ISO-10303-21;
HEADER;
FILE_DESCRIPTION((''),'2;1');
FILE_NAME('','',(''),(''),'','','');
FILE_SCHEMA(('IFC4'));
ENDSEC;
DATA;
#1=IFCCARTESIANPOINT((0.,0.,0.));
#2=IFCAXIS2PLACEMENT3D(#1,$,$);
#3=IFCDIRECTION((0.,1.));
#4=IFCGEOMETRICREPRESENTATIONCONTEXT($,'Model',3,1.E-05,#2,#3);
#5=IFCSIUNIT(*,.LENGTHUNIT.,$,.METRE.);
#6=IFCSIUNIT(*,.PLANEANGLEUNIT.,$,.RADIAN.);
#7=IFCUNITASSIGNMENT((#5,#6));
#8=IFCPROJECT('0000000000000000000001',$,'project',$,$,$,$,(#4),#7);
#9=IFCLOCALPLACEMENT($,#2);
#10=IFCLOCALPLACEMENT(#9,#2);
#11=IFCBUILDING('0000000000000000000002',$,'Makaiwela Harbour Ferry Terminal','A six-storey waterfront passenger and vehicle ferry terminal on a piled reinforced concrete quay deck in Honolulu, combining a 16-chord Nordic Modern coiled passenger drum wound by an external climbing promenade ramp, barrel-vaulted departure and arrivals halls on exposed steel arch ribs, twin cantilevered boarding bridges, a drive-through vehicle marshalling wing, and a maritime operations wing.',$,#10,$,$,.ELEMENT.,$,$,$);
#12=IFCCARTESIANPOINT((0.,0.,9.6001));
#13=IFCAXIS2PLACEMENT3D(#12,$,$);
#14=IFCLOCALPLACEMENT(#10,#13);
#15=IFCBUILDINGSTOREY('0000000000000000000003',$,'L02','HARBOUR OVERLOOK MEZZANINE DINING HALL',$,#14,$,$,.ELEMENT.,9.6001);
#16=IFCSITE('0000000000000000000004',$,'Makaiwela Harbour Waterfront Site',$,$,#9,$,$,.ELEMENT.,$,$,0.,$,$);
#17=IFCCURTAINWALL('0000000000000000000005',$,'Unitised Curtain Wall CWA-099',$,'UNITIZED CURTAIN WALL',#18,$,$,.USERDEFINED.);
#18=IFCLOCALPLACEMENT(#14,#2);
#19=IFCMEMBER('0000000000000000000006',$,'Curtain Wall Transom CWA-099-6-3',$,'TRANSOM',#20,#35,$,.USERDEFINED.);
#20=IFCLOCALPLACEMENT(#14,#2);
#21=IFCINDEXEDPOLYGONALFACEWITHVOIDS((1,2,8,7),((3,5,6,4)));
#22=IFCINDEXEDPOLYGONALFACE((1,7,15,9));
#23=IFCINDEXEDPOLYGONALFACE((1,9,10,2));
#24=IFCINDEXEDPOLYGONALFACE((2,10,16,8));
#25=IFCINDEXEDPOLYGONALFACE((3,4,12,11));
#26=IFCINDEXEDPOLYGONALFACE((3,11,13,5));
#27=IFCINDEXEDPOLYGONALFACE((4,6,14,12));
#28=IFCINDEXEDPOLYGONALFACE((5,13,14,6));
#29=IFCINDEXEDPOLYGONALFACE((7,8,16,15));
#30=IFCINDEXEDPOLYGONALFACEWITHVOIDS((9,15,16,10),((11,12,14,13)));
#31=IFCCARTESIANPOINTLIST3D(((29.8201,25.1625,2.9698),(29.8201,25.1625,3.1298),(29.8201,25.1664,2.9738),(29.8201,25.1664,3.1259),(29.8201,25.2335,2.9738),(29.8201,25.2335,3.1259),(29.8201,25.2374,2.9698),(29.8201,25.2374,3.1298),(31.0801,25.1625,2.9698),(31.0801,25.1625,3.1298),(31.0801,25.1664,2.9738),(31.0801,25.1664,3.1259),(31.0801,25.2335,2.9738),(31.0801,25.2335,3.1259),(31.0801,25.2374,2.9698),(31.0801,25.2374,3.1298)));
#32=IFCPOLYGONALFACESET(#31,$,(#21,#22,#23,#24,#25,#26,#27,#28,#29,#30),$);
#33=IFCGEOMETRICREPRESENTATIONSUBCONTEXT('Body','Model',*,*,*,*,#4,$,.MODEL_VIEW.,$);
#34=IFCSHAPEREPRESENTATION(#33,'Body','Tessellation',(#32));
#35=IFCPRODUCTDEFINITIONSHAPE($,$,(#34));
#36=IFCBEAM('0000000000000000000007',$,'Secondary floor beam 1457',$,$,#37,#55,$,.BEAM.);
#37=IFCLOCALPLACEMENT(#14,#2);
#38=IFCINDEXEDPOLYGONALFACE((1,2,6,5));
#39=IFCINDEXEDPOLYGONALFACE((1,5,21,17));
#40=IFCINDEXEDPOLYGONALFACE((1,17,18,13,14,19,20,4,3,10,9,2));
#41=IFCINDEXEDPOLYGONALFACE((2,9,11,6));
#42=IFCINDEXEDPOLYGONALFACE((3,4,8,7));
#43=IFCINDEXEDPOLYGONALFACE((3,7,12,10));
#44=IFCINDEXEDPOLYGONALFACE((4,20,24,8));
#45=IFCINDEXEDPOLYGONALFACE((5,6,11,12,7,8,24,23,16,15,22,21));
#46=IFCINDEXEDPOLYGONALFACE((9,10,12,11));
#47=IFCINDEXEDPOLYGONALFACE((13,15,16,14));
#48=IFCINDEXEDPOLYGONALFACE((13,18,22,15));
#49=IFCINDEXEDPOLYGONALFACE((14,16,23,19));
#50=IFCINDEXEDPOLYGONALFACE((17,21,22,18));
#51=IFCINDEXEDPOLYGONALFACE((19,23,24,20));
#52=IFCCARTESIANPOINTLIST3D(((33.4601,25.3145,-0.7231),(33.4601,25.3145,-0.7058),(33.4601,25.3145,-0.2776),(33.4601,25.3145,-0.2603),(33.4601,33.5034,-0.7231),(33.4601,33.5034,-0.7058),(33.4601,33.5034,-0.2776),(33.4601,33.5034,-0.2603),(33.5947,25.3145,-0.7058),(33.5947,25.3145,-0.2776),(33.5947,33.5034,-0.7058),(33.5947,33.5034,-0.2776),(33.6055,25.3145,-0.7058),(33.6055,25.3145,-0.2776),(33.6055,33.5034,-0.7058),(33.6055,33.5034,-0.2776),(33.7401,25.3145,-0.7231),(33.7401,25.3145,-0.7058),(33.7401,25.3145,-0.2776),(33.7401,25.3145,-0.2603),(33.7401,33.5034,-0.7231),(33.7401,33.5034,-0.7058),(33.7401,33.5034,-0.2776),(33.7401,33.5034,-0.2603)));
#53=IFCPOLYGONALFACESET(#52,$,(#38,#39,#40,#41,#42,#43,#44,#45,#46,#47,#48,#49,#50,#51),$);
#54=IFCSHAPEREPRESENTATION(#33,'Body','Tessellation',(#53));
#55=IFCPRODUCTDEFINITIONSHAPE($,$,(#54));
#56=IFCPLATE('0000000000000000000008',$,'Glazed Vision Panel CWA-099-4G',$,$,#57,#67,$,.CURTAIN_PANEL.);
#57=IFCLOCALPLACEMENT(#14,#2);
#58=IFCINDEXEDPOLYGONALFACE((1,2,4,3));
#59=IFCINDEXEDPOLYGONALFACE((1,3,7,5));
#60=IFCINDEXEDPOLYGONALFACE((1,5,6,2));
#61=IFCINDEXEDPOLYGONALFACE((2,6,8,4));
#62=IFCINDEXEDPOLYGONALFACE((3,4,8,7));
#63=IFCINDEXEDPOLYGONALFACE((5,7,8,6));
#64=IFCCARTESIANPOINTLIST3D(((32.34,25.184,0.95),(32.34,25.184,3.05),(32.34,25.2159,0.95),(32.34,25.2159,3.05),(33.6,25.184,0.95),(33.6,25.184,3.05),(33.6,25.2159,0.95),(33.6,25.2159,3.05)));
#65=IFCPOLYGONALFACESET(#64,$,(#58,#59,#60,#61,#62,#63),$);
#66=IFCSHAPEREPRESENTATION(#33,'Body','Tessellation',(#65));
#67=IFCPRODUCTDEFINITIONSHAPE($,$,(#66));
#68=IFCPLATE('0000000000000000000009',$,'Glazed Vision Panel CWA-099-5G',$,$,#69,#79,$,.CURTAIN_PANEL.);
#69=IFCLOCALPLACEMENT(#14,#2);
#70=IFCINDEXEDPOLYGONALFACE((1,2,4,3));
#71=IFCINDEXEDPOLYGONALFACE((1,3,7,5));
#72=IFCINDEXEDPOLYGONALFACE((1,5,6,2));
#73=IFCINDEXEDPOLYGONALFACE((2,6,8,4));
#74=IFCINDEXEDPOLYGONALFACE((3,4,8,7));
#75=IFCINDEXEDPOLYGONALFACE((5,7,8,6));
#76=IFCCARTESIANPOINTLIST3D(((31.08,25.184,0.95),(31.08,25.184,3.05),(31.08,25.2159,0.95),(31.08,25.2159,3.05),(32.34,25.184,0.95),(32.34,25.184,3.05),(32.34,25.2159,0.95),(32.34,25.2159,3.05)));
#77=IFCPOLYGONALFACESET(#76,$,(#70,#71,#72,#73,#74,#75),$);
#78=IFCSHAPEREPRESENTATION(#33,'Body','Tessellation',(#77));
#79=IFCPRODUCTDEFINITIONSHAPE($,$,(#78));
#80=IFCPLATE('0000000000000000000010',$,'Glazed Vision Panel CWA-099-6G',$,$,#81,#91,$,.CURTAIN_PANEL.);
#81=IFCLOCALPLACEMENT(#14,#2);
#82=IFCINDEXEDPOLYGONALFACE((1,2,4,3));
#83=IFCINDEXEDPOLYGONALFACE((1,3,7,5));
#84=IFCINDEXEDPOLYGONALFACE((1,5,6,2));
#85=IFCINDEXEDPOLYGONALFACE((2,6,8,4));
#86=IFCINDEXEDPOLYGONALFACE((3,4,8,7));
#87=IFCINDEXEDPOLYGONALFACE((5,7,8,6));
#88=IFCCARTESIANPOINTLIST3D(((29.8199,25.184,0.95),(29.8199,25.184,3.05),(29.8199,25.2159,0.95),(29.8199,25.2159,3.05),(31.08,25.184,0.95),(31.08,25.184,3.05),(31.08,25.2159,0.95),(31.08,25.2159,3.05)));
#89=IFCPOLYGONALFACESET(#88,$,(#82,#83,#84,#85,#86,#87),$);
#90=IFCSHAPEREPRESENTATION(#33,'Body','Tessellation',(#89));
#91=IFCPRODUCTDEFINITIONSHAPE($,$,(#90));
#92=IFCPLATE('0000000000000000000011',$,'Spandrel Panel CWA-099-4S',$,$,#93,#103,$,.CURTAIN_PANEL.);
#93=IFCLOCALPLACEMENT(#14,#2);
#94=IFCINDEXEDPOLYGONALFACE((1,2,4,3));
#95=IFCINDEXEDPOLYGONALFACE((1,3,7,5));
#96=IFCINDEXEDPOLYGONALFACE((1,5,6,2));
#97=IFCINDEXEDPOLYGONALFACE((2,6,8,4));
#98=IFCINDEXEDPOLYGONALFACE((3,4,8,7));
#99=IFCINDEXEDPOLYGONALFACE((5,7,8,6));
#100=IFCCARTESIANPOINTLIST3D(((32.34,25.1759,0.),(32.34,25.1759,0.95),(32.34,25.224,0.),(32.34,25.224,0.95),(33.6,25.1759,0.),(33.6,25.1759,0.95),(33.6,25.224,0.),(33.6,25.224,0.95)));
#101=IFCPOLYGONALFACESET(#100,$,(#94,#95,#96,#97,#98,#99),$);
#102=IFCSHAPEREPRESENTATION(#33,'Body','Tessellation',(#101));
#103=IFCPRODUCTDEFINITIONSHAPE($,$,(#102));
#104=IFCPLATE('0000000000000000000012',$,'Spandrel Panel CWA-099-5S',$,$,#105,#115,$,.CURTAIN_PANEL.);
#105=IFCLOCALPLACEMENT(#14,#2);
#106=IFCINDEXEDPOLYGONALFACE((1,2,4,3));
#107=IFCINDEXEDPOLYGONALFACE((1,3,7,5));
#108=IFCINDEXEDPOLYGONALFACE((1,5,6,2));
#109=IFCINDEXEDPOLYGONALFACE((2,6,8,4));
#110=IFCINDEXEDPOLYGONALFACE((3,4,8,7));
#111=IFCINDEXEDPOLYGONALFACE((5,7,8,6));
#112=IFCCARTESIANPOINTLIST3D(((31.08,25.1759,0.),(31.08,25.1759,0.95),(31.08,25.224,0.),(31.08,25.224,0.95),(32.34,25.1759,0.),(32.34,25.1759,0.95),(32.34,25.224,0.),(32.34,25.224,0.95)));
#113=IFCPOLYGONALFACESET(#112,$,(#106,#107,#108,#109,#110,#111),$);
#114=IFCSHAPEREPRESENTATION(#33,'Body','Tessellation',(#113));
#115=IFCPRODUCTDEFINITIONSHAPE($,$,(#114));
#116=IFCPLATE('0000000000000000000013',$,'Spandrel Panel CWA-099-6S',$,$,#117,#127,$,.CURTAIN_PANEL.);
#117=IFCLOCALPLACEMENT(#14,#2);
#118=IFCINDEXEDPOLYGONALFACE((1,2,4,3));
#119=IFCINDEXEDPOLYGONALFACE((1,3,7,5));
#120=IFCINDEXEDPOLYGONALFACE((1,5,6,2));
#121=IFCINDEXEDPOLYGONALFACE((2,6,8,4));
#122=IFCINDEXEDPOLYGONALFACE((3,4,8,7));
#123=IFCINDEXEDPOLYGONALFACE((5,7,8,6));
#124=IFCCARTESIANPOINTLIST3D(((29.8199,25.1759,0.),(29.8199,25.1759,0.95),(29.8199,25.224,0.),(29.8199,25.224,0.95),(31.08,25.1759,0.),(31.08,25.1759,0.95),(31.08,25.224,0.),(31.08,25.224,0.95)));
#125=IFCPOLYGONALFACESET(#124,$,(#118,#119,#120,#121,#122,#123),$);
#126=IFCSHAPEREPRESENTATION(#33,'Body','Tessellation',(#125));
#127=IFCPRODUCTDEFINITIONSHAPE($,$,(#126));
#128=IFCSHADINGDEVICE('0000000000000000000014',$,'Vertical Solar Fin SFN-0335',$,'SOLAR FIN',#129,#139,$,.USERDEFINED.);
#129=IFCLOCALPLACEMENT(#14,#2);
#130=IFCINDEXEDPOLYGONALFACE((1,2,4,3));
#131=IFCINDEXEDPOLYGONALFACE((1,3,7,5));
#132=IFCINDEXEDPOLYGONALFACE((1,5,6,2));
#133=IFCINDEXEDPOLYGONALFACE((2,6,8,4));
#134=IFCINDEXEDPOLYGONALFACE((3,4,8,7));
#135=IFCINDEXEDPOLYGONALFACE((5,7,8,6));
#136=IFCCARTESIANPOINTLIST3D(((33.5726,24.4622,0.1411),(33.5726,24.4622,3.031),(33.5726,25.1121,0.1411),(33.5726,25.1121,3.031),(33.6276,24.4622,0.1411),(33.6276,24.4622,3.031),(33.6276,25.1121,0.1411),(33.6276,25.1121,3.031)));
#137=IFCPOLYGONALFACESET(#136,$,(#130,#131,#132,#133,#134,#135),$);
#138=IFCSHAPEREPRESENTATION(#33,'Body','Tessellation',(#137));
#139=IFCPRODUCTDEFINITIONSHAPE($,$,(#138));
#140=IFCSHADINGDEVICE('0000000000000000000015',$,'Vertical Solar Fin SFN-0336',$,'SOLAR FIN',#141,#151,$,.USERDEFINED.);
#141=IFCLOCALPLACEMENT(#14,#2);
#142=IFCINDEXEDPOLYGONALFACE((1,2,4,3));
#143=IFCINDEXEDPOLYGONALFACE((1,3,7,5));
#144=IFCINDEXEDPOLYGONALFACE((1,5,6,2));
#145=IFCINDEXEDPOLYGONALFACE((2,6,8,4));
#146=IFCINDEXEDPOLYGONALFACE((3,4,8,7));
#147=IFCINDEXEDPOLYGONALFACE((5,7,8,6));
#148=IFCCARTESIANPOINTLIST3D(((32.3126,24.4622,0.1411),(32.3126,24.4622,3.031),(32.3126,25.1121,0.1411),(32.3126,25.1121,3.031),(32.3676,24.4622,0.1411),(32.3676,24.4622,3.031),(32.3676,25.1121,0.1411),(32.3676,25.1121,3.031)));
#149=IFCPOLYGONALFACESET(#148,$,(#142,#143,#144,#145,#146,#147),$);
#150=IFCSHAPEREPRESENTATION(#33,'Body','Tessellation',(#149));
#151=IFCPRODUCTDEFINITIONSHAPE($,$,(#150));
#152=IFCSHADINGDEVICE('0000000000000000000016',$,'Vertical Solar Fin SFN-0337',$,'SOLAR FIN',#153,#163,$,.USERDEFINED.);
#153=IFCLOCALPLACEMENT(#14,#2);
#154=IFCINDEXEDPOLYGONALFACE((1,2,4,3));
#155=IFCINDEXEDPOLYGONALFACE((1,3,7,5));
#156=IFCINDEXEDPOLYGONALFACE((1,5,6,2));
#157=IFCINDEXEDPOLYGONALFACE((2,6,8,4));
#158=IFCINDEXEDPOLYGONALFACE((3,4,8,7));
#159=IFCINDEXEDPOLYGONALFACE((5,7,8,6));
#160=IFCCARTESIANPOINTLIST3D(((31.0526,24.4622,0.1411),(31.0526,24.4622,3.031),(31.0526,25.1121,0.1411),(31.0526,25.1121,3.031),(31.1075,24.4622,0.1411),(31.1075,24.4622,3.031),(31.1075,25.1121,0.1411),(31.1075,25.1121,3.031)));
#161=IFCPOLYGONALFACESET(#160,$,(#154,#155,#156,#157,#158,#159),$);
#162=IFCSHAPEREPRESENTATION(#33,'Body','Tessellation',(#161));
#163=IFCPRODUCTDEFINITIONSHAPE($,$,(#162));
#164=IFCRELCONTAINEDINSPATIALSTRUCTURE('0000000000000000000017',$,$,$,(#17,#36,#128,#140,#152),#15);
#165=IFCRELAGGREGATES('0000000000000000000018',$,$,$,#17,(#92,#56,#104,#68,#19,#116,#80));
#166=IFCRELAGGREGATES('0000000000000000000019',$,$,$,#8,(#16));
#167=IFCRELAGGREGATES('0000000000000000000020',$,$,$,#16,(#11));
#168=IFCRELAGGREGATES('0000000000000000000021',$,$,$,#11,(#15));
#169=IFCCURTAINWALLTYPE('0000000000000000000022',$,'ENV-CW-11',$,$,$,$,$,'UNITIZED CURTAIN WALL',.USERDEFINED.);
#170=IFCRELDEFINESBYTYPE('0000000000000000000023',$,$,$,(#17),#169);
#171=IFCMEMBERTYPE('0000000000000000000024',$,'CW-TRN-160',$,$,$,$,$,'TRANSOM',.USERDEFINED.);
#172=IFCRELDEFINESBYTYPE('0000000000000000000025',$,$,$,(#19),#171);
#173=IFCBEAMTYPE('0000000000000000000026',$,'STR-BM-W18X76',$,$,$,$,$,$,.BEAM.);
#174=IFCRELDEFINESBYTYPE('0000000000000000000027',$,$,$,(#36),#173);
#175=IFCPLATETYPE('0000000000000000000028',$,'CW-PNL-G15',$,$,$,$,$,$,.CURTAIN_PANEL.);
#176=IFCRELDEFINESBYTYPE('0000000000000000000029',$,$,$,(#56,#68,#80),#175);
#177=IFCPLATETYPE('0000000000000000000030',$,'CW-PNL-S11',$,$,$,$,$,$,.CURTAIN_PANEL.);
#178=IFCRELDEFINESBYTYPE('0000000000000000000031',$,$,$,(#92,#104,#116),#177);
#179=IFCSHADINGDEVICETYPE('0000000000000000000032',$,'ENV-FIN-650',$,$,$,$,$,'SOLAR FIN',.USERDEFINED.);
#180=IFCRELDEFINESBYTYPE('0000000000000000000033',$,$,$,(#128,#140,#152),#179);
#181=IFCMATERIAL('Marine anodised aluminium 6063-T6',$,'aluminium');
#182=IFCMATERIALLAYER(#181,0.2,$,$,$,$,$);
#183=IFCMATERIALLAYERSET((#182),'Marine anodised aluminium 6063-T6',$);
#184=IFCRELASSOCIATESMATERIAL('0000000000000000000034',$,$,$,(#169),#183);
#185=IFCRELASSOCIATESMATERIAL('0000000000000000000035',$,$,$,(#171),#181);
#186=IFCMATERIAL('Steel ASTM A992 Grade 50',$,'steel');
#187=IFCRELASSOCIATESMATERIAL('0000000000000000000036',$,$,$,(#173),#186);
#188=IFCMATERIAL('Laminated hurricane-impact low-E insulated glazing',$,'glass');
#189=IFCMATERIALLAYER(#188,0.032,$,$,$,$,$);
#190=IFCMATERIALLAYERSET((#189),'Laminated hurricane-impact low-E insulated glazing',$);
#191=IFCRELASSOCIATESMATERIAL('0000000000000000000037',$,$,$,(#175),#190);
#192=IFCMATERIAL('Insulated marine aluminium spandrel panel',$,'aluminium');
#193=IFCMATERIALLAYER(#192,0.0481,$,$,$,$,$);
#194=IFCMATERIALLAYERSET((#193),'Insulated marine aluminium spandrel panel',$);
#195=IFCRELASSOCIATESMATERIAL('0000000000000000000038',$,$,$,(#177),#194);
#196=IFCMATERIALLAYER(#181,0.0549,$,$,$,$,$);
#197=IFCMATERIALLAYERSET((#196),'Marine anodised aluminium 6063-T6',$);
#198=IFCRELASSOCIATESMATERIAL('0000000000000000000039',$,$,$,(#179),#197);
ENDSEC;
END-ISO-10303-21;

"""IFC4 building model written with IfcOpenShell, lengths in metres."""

from ifc_helpers import new_model, si_unit, direction, frame, origin, origin_2d, place, context, subcontext, project, spatial, rectangle, hollow_rectangle, i_section, extrude, material, layer, layer_set, material_profile, profile_set, type_object, element, aggregate, save


model = new_model("IFC4")

# Units and contexts
model_context = context("Model", 3, precision=1e-05, world=origin(), true_north=direction((0.0, 1.0)))
body_context = subcontext(model_context, "Body", "Model", "MODEL_VIEW")
ifc_project = project(units=[si_unit("LENGTHUNIT", "METRE"), si_unit("PLANEANGLEUNIT", "RADIAN")], contexts=[model_context])

# Site, building, storey
site_placement = place(None, origin())
site = spatial("IfcSite", under=ifc_project, at=site_placement, Name="Makaiwela Harbour Waterfront Site", CompositionType="ELEMENT", RefElevation=0.0)
building_placement = place(site_placement, origin())
building = spatial("IfcBuilding", under=site, at=building_placement, Name="Makaiwela Harbour Ferry Terminal", Description="A six-storey waterfront passenger and vehicle ferry terminal on a piled reinforced concrete quay deck in Honolulu, combining a 16-chord Nordic Modern coiled passenger drum wound by an external climbing promenade ramp, barrel-vaulted departure and arrivals halls on exposed steel arch ribs, twin cantilevered boarding bridges, a drive-through vehicle marshalling wing, and a maritime operations wing.", CompositionType="ELEMENT")
storey_placement = place(building_placement, frame((0.0, 0.0, 9.6001)))
storey = spatial("IfcBuildingStorey", under=building, at=storey_placement, Name="L02", Description="HARBOUR OVERLOOK MEZZANINE DINING HALL", CompositionType="ELEMENT", Elevation=9.6001)

# Curtain wall, member
ifc_material_1 = material(Name="Marine anodised aluminium 6063-T6", Category="aluminium")
ifc_layer_1 = layer(ifc_material_1, 0.2)
ifc_layer_set_1 = layer_set([ifc_layer_1], Name="Marine anodised aluminium 6063-T6")
curtain_wall_type = type_object("IfcCurtainWallType", Name="ENV-CW-11", ElementType="UNITIZED CURTAIN WALL", PredefinedType="USERDEFINED", material=ifc_layer_set_1)
curtain_wall_placement = place(storey_placement, origin())
curtain_wall = element("IfcCurtainWall", 1, at=curtain_wall_placement, inside=storey, type_object=curtain_wall_type, Name="Unitised Curtain Wall CWA-099", ObjectType="UNITIZED CURTAIN WALL", PredefinedType="USERDEFINED")
ifc_material_profile_1 = material_profile(ifc_material_1, hollow_rectangle(XDim=0.075, YDim=0.1599, WallThickness=0.0039, at=origin_2d()), Name="CWT-160X75")
ifc_profile_set_1 = profile_set([ifc_material_profile_1], Name="Marine anodised aluminium 6063-T6")
member_type_1 = type_object("IfcMemberType", Name="CW-TRN-160", ElementType="TRANSOM", PredefinedType="USERDEFINED", material=ifc_profile_set_1)
member_1_placement = place(storey_placement, frame((31.0801, 25.2, 3.0498), z_axis=(-1.0, 0.0, 0.0), x_axis=(0.0, -1.0, 0.0)))
member_1 = element("IfcMember", 2, at=member_1_placement, type_object=member_type_1, Name="Curtain Wall Transom CWA-099-6-3", ObjectType="TRANSOM", PredefinedType="USERDEFINED", context=body_context, shape_type="SweptSolid", body=[
    extrude(hollow_rectangle(XDim=0.075, YDim=0.1599, WallThickness=0.0039, at=origin_2d()), origin(), (0.0, 0.0, 1.0), 1.26),
])

# Beam
ifc_material_2 = material(Name="Steel ASTM A992 Grade 50", Category="steel")
ifc_material_profile_2 = material_profile(ifc_material_2, i_section(OverallWidth=0.28, OverallDepth=0.4629, WebThickness=0.0107, FlangeThickness=0.0173, at=origin_2d()), Name="W18X76")
ifc_profile_set_2 = profile_set([ifc_material_profile_2], Name="Steel ASTM A992 Grade 50")
beam_type = type_object("IfcBeamType", Name="STR-BM-W18X76", PredefinedType="BEAM", material=ifc_profile_set_2)
beam_placement = place(storey_placement, frame((33.6001, 25.3145, -0.4917), z_axis=(0.0, 1.0, 0.0), x_axis=(-1.0, 0.0, 0.0)))
element("IfcBeam", 3, at=beam_placement, inside=storey, type_object=beam_type, Name="Secondary floor beam 1457", PredefinedType="BEAM", context=body_context, shape_type="SweptSolid", body=[
    extrude(i_section(OverallWidth=0.28, OverallDepth=0.4629, WebThickness=0.0107, FlangeThickness=0.0173, at=origin_2d()), origin(), (0.0, 0.0, 1.0), 8.189),
])

# Plates
ifc_material_3 = material(Name="Laminated hurricane-impact low-E insulated glazing", Category="glass")
ifc_layer_2 = layer(ifc_material_3, 0.032)
ifc_layer_set_2 = layer_set([ifc_layer_2], Name="Laminated hurricane-impact low-E insulated glazing")
plate_type_1 = type_object("IfcPlateType", Name="CW-PNL-G15", PredefinedType="CURTAIN_PANEL", material=ifc_layer_set_2)
plate_1_placement = place(storey_placement, frame((32.97, 25.2, 0.95), z_axis=(0.0, 0.0, 1.0), x_axis=(-1.0, 0.0, 0.0)))
plate_1 = element("IfcPlate", 4, at=plate_1_placement, type_object=plate_type_1, Name="Glazed Vision Panel CWA-099-4G", PredefinedType="CURTAIN_PANEL", context=body_context, shape_type="SweptSolid", body=[
    extrude(rectangle(XDim=1.26, YDim=0.032, at=origin_2d()), origin(), (0.0, 0.0, 1.0), 2.1001),
])
plate_2_placement = place(storey_placement, frame((31.71, 25.2, 0.95), z_axis=(0.0, 0.0, 1.0), x_axis=(-1.0, 0.0, 0.0)))
plate_2 = element("IfcPlate", 5, at=plate_2_placement, type_object=plate_type_1, Name="Glazed Vision Panel CWA-099-5G", PredefinedType="CURTAIN_PANEL", context=body_context, shape_type="SweptSolid", body=[
    extrude(rectangle(XDim=1.26, YDim=0.032, at=origin_2d()), origin(), (0.0, 0.0, 1.0), 2.1001),
])
plate_3_placement = place(storey_placement, frame((30.45, 25.2, 0.95), z_axis=(0.0, 0.0, 1.0), x_axis=(-1.0, 0.0, 0.0)))
plate_3 = element("IfcPlate", 6, at=plate_3_placement, type_object=plate_type_1, Name="Glazed Vision Panel CWA-099-6G", PredefinedType="CURTAIN_PANEL", context=body_context, shape_type="SweptSolid", body=[
    extrude(rectangle(XDim=1.26, YDim=0.032, at=origin_2d()), origin(), (0.0, 0.0, 1.0), 2.1001),
])
ifc_material_4 = material(Name="Insulated marine aluminium spandrel panel", Category="aluminium")
ifc_layer_3 = layer(ifc_material_4, 0.0481)
ifc_layer_set_3 = layer_set([ifc_layer_3], Name="Insulated marine aluminium spandrel panel")
plate_type_2 = type_object("IfcPlateType", Name="CW-PNL-S11", PredefinedType="CURTAIN_PANEL", material=ifc_layer_set_3)
plate_4_placement = place(storey_placement, frame((32.97, 25.2, 0.0), z_axis=(0.0, 0.0, 1.0), x_axis=(-1.0, 0.0, 0.0)))
plate_4 = element("IfcPlate", 7, at=plate_4_placement, type_object=plate_type_2, Name="Spandrel Panel CWA-099-4S", PredefinedType="CURTAIN_PANEL", context=body_context, shape_type="SweptSolid", body=[
    extrude(rectangle(XDim=1.26, YDim=0.0481, at=origin_2d()), origin(), (0.0, 0.0, 1.0), 0.95),
])
plate_5_placement = place(storey_placement, frame((31.71, 25.2, 0.0), z_axis=(0.0, 0.0, 1.0), x_axis=(-1.0, 0.0, 0.0)))
plate_5 = element("IfcPlate", 8, at=plate_5_placement, type_object=plate_type_2, Name="Spandrel Panel CWA-099-5S", PredefinedType="CURTAIN_PANEL", context=body_context, shape_type="SweptSolid", body=[
    extrude(rectangle(XDim=1.26, YDim=0.0481, at=origin_2d()), origin(), (0.0, 0.0, 1.0), 0.95),
])
plate_6_placement = place(storey_placement, frame((30.45, 25.2, 0.0), z_axis=(0.0, 0.0, 1.0), x_axis=(-1.0, 0.0, 0.0)))
plate_6 = element("IfcPlate", 9, at=plate_6_placement, type_object=plate_type_2, Name="Spandrel Panel CWA-099-6S", PredefinedType="CURTAIN_PANEL", context=body_context, shape_type="SweptSolid", body=[
    extrude(rectangle(XDim=1.26, YDim=0.0481, at=origin_2d()), origin(), (0.0, 0.0, 1.0), 0.95),
])
aggregate(curtain_wall, [plate_4, plate_1, plate_5, plate_2, member_1, plate_6, plate_3])

# Shading devices
ifc_layer_4 = layer(ifc_material_1, 0.0549)
ifc_layer_set_4 = layer_set([ifc_layer_4], Name="Marine anodised aluminium 6063-T6")
shading_device_type = type_object("IfcShadingDeviceType", Name="ENV-FIN-650", ElementType="SOLAR FIN", PredefinedType="USERDEFINED", material=ifc_layer_set_4)
for number, where, z_axis, x_axis, name in (
    (10, (33.6001, 24.7871, 0.1411), (0.0, 0.0, 1.0), (0.0, -1.0, 0.0), "Vertical Solar Fin SFN-0335"),
    (11, (32.3401, 24.7871, 0.1411), (0.0, 0.0, 1.0), (0.0, -1.0, 0.0), "Vertical Solar Fin SFN-0336"),
    (12, (31.0801, 24.7871, 0.1411), (0.0, 0.0, 1.0), (0.0, -1.0, 0.0), "Vertical Solar Fin SFN-0337"),
):
    element("IfcShadingDevice", number, at=place(storey_placement, frame(where, z_axis=z_axis, x_axis=x_axis)), inside=storey, type_object=shading_device_type, Name=name, ObjectType="SOLAR FIN", PredefinedType="USERDEFINED", context=body_context, shape_type="SweptSolid", body=[
        extrude(rectangle(XDim=0.6499, YDim=0.0549, at=origin_2d()), origin(), (0.0, 0.0, 1.0), 2.8899),
    ])

save(model, "model.ifc")
